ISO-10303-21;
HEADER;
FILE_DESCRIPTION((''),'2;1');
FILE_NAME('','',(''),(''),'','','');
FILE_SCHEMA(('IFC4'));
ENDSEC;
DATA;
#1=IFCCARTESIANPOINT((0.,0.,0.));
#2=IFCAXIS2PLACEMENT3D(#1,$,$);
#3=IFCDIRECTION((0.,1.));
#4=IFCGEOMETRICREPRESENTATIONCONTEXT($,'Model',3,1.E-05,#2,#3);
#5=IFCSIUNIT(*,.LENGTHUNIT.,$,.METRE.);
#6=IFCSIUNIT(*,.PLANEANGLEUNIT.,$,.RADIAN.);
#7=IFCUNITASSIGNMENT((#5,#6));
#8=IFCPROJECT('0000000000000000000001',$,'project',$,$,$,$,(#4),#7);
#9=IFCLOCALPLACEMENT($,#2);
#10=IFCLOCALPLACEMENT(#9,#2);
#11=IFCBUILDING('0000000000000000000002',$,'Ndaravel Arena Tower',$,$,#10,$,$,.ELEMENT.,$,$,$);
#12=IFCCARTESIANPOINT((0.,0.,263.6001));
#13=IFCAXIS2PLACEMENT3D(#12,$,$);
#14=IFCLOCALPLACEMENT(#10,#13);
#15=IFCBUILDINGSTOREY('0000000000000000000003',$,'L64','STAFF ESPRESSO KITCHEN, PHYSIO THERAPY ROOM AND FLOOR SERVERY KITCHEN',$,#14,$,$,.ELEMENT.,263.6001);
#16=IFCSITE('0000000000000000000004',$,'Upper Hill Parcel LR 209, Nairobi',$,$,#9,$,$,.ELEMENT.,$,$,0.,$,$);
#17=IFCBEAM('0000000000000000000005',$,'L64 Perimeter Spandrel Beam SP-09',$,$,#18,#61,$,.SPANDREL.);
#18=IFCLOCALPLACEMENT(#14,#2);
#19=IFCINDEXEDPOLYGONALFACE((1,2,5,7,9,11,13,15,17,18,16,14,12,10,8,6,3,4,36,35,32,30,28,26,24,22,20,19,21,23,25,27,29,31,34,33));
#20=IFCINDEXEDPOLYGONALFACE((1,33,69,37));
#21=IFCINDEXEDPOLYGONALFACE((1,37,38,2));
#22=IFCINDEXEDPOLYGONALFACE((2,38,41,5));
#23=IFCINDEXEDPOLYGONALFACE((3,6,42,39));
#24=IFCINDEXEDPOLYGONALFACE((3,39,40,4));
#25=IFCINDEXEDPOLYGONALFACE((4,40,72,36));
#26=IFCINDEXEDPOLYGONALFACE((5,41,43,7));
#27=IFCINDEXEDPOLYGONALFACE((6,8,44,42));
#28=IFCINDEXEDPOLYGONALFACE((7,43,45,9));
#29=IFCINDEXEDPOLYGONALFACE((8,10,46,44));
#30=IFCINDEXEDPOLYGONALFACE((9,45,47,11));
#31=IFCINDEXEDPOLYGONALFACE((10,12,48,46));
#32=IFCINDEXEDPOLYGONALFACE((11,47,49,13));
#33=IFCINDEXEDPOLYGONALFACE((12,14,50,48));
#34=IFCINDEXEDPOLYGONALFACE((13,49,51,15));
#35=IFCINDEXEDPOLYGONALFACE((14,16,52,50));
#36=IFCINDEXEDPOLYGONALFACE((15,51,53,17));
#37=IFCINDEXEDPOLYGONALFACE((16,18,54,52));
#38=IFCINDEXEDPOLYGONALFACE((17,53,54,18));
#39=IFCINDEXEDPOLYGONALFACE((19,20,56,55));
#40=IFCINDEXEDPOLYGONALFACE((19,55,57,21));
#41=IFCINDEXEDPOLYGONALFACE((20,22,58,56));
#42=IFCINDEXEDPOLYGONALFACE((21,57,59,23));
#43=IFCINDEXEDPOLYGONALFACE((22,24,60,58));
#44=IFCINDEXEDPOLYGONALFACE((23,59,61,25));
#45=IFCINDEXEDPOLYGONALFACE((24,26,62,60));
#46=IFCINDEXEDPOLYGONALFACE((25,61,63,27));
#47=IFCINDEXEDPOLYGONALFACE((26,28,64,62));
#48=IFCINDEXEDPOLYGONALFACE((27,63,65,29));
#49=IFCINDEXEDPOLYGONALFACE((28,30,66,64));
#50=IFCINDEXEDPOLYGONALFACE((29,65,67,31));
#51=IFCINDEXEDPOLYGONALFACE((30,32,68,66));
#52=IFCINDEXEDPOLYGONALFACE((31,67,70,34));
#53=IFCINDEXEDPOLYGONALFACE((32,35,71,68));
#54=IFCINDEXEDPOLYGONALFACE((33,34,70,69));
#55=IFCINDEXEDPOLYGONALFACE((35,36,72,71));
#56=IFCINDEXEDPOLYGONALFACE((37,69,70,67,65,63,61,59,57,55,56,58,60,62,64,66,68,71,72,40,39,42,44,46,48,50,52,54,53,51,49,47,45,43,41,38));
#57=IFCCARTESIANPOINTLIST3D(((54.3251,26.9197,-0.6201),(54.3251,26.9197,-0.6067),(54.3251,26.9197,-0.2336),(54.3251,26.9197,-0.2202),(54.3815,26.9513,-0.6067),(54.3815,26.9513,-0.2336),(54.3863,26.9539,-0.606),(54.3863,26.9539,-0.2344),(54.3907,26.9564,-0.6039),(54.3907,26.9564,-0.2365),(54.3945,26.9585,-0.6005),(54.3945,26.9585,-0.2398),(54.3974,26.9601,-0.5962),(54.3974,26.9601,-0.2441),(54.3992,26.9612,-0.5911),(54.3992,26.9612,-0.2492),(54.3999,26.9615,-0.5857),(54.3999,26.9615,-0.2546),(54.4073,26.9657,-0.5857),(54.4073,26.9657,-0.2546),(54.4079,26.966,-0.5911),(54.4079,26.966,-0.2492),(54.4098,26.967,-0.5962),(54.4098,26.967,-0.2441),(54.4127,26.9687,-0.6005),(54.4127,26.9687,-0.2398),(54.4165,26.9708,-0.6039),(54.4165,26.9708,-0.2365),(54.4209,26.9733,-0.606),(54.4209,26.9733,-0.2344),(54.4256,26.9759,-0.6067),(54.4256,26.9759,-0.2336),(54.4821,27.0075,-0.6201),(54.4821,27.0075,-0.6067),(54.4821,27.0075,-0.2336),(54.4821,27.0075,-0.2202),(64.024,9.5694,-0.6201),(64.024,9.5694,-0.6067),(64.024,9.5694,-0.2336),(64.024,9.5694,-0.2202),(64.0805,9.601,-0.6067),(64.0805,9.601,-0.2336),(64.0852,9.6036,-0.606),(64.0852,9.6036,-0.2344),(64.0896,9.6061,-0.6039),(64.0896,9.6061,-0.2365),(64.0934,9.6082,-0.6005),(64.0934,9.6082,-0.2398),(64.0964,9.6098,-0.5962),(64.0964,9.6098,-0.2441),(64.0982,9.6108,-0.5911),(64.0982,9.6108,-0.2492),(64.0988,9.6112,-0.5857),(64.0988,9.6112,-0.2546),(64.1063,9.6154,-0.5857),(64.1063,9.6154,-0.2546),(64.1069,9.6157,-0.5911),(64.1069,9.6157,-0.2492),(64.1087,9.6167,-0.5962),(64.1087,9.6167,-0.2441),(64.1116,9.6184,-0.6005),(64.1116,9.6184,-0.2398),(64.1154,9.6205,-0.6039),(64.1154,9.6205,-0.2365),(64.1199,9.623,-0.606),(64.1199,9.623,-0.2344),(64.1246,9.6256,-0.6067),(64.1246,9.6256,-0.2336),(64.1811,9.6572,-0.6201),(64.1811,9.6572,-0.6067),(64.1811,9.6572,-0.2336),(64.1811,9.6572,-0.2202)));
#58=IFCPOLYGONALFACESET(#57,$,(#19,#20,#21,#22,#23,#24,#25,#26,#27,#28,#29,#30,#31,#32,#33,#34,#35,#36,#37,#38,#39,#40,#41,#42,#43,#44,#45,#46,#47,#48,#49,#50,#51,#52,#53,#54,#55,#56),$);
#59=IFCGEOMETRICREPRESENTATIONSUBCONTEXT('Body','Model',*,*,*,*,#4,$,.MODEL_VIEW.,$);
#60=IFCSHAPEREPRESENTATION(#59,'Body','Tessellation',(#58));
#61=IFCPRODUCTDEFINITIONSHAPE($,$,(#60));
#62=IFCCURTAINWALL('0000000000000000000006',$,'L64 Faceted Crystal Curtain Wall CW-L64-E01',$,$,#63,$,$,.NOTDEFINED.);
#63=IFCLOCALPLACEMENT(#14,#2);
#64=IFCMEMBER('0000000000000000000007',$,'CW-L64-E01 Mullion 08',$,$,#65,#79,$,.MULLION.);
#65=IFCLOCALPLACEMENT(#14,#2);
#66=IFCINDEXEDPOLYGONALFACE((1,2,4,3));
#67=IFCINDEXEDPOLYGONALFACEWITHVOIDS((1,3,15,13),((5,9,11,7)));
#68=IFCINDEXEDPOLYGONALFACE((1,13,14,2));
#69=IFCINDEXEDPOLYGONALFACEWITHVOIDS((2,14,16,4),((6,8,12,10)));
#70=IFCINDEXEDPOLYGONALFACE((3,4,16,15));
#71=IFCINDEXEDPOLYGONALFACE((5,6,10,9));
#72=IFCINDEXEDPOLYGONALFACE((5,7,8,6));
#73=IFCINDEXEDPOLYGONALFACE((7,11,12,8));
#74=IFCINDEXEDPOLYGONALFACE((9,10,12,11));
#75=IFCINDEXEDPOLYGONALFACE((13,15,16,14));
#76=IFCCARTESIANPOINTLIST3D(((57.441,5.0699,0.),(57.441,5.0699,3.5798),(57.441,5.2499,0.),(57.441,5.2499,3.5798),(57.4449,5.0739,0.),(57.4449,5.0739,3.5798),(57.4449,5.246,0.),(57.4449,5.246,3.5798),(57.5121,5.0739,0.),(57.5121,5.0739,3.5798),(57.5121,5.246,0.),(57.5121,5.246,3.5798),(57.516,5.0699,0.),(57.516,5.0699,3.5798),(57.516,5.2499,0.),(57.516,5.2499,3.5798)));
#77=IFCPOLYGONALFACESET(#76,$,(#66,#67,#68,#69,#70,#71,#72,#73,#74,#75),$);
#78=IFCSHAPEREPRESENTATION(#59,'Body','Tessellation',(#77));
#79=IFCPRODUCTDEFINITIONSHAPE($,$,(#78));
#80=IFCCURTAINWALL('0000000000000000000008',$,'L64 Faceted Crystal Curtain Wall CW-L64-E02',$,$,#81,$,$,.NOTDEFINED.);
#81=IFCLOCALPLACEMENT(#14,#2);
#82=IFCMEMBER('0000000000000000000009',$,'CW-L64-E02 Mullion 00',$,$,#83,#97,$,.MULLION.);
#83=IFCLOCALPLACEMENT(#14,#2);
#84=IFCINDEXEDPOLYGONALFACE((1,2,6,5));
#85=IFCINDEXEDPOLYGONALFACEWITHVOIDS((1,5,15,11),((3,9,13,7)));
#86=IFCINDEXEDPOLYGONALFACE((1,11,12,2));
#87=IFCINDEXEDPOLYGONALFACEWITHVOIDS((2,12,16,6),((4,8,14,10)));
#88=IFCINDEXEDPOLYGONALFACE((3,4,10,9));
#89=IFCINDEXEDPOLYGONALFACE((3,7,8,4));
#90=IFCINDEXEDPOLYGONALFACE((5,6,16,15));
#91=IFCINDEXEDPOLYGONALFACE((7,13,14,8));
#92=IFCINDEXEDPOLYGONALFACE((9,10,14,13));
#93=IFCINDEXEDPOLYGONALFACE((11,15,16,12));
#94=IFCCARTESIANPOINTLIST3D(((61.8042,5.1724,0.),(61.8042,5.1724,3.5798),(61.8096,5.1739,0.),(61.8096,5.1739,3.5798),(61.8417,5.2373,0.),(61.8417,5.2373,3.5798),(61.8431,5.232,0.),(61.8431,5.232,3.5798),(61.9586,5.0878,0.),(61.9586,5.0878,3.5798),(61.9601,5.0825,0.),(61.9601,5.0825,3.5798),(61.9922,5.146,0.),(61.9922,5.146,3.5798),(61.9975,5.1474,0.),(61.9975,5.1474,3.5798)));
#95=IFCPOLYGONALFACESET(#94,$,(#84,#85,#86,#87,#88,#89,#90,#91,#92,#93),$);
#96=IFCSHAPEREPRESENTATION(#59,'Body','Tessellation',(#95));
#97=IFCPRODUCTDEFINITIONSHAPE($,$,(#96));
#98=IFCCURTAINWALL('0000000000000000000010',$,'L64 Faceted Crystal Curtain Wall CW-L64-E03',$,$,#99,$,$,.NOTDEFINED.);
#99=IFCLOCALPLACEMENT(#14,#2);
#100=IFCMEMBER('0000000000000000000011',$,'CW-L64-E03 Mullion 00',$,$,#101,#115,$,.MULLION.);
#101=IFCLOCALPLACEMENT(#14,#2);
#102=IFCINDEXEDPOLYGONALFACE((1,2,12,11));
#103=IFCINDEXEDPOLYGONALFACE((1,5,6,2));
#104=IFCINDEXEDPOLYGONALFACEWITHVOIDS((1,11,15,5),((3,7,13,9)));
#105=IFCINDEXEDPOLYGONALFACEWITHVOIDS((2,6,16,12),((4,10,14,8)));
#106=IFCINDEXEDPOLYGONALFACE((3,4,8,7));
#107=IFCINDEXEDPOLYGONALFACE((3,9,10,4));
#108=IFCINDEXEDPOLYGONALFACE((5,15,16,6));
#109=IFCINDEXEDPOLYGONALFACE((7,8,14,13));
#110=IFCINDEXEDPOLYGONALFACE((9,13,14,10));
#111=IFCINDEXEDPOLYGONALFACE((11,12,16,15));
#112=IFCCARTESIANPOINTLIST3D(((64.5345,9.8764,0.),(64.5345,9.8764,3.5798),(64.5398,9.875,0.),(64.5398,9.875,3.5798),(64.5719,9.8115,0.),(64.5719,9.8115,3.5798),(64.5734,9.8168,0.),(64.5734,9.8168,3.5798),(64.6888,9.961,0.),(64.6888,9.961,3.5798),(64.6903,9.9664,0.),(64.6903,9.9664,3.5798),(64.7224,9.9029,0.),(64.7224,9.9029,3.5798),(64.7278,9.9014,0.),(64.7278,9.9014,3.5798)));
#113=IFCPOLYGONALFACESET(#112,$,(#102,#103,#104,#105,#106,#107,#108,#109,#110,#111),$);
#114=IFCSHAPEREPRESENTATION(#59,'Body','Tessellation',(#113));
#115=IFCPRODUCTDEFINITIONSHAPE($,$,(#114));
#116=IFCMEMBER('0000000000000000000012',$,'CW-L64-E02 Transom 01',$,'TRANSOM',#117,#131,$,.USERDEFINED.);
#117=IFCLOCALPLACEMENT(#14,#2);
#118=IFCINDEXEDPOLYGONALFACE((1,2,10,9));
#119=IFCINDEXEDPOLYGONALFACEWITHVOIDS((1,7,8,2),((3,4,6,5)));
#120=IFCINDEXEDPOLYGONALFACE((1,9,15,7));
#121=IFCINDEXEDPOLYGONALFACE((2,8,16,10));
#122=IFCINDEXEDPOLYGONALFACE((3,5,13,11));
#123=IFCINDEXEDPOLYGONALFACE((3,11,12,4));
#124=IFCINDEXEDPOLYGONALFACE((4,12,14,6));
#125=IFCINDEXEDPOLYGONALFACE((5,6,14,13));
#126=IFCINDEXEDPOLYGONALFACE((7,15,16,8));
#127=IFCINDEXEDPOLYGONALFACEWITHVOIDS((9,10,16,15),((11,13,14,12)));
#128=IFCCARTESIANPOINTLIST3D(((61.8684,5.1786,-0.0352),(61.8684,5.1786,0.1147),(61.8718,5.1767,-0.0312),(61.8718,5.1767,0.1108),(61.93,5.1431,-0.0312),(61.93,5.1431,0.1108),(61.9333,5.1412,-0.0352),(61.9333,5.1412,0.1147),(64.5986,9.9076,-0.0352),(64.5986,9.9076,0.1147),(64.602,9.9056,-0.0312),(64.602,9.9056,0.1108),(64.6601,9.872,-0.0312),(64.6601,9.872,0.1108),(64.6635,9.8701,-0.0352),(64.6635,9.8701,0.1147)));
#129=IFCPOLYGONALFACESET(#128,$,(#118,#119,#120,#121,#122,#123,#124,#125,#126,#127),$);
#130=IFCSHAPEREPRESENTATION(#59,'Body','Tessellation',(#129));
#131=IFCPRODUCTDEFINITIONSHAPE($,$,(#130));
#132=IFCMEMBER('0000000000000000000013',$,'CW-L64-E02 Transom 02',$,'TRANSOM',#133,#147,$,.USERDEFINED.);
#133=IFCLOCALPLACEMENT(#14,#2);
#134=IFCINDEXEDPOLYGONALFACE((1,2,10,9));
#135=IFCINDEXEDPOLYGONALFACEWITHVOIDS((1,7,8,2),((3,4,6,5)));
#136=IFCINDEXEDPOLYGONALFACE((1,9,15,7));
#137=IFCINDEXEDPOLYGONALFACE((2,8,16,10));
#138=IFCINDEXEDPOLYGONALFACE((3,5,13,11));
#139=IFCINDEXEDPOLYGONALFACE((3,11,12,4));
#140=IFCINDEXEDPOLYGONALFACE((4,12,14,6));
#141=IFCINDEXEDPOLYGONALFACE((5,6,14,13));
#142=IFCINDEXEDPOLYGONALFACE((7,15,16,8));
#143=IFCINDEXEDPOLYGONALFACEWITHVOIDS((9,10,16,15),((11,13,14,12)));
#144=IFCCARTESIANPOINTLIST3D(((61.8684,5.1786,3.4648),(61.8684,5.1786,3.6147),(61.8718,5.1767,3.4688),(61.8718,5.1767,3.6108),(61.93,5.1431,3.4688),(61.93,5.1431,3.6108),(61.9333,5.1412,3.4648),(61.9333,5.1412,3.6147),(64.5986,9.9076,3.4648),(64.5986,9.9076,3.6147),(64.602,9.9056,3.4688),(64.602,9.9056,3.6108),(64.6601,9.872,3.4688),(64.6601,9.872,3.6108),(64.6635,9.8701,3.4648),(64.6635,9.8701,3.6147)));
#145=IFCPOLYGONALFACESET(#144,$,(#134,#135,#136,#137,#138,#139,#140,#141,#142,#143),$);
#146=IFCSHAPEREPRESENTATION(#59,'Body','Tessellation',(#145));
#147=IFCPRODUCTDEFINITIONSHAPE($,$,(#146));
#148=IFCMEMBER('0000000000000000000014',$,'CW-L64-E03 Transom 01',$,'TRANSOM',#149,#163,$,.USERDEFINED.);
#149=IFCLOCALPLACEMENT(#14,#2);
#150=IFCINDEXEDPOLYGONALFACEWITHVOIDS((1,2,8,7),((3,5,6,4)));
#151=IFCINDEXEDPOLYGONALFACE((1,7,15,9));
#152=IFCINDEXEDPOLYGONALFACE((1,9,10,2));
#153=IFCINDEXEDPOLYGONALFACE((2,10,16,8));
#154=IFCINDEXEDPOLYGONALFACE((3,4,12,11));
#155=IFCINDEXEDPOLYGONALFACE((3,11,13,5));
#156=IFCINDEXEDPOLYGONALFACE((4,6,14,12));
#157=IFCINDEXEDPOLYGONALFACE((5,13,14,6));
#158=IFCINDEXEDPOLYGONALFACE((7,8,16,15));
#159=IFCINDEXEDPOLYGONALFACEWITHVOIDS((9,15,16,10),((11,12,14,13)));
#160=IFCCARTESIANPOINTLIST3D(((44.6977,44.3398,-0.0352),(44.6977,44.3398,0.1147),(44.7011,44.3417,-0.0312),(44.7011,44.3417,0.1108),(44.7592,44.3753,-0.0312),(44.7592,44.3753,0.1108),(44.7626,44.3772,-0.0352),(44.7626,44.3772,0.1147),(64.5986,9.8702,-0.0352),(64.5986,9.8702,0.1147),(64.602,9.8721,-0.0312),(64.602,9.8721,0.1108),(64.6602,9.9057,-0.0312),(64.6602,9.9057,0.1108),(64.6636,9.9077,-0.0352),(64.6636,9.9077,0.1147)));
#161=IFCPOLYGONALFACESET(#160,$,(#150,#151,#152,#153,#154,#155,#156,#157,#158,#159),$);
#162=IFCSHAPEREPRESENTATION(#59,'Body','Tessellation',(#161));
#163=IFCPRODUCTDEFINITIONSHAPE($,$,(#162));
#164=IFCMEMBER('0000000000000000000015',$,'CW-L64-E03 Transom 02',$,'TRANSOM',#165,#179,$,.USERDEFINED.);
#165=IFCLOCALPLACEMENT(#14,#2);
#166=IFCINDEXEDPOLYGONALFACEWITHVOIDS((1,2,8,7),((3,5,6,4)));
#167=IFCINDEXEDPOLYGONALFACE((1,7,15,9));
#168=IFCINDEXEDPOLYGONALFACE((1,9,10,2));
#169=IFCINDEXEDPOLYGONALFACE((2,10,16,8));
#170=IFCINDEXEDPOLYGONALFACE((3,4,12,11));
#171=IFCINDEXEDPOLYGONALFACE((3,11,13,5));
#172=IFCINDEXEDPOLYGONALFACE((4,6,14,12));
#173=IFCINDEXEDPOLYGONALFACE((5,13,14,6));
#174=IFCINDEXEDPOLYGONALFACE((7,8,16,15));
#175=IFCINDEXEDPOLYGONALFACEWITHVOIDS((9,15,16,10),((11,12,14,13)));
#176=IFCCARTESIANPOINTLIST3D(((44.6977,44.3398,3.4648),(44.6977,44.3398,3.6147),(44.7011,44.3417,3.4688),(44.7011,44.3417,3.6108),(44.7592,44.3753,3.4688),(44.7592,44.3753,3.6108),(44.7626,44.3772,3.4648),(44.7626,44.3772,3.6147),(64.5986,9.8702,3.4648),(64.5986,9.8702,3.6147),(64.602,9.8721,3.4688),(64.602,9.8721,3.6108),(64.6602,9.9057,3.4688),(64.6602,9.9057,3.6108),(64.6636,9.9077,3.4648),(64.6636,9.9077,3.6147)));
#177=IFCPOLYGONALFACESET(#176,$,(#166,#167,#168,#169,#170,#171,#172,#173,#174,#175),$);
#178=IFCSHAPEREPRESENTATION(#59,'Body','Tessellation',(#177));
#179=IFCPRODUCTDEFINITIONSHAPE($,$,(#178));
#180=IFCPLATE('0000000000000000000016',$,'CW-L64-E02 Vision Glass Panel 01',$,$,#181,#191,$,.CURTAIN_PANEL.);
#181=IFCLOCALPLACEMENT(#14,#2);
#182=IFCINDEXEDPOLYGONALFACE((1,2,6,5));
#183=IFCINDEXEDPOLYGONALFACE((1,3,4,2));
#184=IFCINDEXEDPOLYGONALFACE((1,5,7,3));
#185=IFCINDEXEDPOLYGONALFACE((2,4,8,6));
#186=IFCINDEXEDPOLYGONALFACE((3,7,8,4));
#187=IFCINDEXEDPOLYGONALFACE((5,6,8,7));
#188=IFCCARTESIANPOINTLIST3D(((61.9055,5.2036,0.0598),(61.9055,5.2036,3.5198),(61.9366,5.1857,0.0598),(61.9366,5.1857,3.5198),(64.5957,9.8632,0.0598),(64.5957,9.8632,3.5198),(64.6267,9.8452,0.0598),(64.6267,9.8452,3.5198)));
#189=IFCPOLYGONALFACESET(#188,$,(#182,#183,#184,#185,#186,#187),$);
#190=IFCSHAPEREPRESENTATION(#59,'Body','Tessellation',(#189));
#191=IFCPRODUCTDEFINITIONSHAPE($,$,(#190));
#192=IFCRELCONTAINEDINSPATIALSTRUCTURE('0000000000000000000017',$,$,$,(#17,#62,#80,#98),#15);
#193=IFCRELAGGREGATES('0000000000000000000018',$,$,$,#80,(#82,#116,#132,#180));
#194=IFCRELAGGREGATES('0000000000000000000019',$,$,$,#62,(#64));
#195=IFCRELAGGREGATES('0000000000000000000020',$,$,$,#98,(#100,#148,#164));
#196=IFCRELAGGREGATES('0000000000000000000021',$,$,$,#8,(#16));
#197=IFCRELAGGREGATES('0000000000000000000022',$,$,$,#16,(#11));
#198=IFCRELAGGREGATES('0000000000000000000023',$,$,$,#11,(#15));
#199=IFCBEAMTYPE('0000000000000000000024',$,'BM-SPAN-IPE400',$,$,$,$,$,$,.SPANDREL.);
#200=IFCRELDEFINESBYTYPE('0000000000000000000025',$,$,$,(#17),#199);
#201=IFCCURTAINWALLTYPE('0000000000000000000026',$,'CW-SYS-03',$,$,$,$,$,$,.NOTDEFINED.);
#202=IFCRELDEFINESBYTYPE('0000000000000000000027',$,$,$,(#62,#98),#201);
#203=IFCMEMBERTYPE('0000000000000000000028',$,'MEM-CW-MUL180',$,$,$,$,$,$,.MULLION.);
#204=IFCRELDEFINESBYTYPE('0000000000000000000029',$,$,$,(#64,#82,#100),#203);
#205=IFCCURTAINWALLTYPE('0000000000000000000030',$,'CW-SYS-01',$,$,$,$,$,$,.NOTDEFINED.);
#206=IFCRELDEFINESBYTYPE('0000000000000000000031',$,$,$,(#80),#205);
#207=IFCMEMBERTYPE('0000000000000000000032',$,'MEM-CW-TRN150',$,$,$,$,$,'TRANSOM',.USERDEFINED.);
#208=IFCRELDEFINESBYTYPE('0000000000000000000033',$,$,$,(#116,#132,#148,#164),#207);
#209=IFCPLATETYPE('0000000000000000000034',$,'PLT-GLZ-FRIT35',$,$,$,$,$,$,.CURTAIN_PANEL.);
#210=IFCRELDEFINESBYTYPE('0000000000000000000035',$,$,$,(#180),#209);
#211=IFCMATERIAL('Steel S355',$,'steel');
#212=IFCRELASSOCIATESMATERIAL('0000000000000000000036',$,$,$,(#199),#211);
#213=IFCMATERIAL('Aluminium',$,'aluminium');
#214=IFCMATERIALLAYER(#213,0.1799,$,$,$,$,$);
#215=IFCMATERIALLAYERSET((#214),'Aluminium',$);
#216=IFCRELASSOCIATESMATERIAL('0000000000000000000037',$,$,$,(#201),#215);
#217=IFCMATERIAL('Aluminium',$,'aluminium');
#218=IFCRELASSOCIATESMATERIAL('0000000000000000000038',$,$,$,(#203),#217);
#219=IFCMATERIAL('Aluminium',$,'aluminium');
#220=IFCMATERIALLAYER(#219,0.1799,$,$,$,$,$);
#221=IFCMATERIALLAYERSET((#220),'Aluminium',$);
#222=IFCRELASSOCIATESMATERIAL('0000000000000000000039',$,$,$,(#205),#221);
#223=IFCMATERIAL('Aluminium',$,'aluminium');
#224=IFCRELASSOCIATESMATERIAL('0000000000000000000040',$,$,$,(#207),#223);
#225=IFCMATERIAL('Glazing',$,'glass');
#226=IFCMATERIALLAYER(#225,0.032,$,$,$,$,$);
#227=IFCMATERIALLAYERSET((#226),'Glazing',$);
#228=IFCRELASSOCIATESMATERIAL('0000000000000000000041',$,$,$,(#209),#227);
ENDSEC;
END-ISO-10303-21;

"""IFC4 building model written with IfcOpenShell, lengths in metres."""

from ifc_helpers import new_model, si_unit, direction, frame, origin, origin_2d, place, context, subcontext, project, spatial, rectangle, hollow_rectangle, i_section, extrude, material, layer, layer_set, material_profile, profile_set, type_object, element, aggregate, save


model = new_model("IFC4")

# Units and contexts
model_context = context("Model", 3, precision=1e-05, world=origin(), true_north=direction((0.0, 1.0)))
body_context = subcontext(model_context, "Body", "Model", "MODEL_VIEW")
ifc_project = project(units=[si_unit("LENGTHUNIT", "METRE"), si_unit("PLANEANGLEUNIT", "RADIAN")], contexts=[model_context])

# Site, building, storey
site_placement = place(None, origin())
site = spatial("IfcSite", under=ifc_project, at=site_placement, Name="Upper Hill Parcel LR 209, Nairobi", CompositionType="ELEMENT", RefElevation=0.0)
building_placement = place(site_placement, origin())
building = spatial("IfcBuilding", under=site, at=building_placement, Name="Ndaravel Arena Tower", CompositionType="ELEMENT")
storey_placement = place(building_placement, frame((0.0, 0.0, 263.6001)))
storey = spatial("IfcBuildingStorey", under=building, at=storey_placement, Name="L64", Description="STAFF ESPRESSO KITCHEN, PHYSIO THERAPY ROOM AND FLOOR SERVERY KITCHEN", CompositionType="ELEMENT", Elevation=263.6001)

# Beam
ifc_material_1 = material(Name="Steel S355", Category="steel")
ifc_material_profile_1 = material_profile(ifc_material_1, i_section(OverallWidth=0.1799, OverallDepth=0.3999, WebThickness=0.0085, FlangeThickness=0.0134, FilletRadius=0.021, at=origin_2d()), Name="IPE 400")
ifc_profile_set_1 = profile_set([ifc_material_profile_1], Name="Steel S355")
beam_type = type_object("IfcBeamType", Name="BM-SPAN-IPE400", PredefinedType="SPANDREL", material=ifc_profile_set_1)
beam_1_placement = place(storey_placement, frame((64.1025, 9.6133, -0.4202), z_axis=(-0.487944, 0.872875, 0.0), x_axis=(-0.872875, -0.487944, 0.0)))
element("IfcBeam", 1, at=beam_1_placement, inside=storey, type_object=beam_type, Name="L64 Perimeter Spandrel Beam SP-09", PredefinedType="SPANDREL", context=body_context, shape_type="SweptSolid", body=[
    extrude(i_section(OverallWidth=0.1799, OverallDepth=0.3999, WebThickness=0.0085, FlangeThickness=0.0134, FilletRadius=0.021, at=origin_2d()), origin(), (0.0, 0.0, 1.0), 19.8772),
])

# Curtain walls, members
ifc_material_2 = material(Name="Aluminium", Category="aluminium")
ifc_layer_1 = layer(ifc_material_2, 0.1799)
ifc_layer_set_1 = layer_set([ifc_layer_1], Name="Aluminium")
curtain_wall_type_1 = type_object("IfcCurtainWallType", Name="CW-SYS-03", PredefinedType="NOTDEFINED", material=ifc_layer_set_1)
curtain_wall_1_placement = place(storey_placement, origin())
curtain_wall_1 = element("IfcCurtainWall", 2, at=curtain_wall_1_placement, inside=storey, type_object=curtain_wall_type_1, Name="L64 Faceted Crystal Curtain Wall CW-L64-E01", PredefinedType="NOTDEFINED")
ifc_material_3 = material(Name="Aluminium", Category="aluminium")
ifc_material_profile_2 = material_profile(ifc_material_3, hollow_rectangle(XDim=0.075, YDim=0.1799, WallThickness=0.0039, at=origin_2d()), Name="CW MULLION 75x180x4")
ifc_profile_set_2 = profile_set([ifc_material_profile_2], Name="Aluminium")
member_type_1 = type_object("IfcMemberType", Name="MEM-CW-MUL180", PredefinedType="MULLION", material=ifc_profile_set_2)
member_1_placement = place(storey_placement, frame((57.4785, 5.1599, 0.0), z_axis=(0.0, 0.0, 1.0), x_axis=(1.0, 0.0, 0.0)))
member_1 = element("IfcMember", 3, at=member_1_placement, type_object=member_type_1, Name="CW-L64-E01 Mullion 08", PredefinedType="MULLION", context=body_context, shape_type="SweptSolid", body=[
    extrude(hollow_rectangle(XDim=0.075, YDim=0.1799, WallThickness=0.0039, at=origin_2d()), origin(), (0.0, 0.0, 1.0), 3.5798),
])
ifc_material_4 = material(Name="Aluminium", Category="aluminium")
ifc_layer_2 = layer(ifc_material_4, 0.1799)
ifc_layer_set_2 = layer_set([ifc_layer_2], Name="Aluminium")
curtain_wall_type_2 = type_object("IfcCurtainWallType", Name="CW-SYS-01", PredefinedType="NOTDEFINED", material=ifc_layer_set_2)
curtain_wall_2_placement = place(storey_placement, origin())
curtain_wall_2 = element("IfcCurtainWall", 4, at=curtain_wall_2_placement, inside=storey, type_object=curtain_wall_type_2, Name="L64 Faceted Crystal Curtain Wall CW-L64-E02", PredefinedType="NOTDEFINED")
member_2_placement = place(storey_placement, frame((61.9009, 5.1599, 0.0), z_axis=(0.0, 0.0, 1.0), x_axis=(0.5, 0.866025, 0.0)))
member_2 = element("IfcMember", 5, at=member_2_placement, type_object=member_type_1, Name="CW-L64-E02 Mullion 00", PredefinedType="MULLION", context=body_context, shape_type="SweptSolid", body=[
    extrude(hollow_rectangle(XDim=0.075, YDim=0.1799, WallThickness=0.0039, at=origin_2d()), origin(), (0.0, 0.0, 1.0), 3.5798),
])
curtain_wall_3_placement = place(storey_placement, origin())
curtain_wall_3 = element("IfcCurtainWall", 6, at=curtain_wall_3_placement, inside=storey, type_object=curtain_wall_type_1, Name="L64 Faceted Crystal Curtain Wall CW-L64-E03", PredefinedType="NOTDEFINED")
member_3_placement = place(storey_placement, frame((64.6311, 9.8889, 0.0), z_axis=(0.0, 0.0, 1.0), x_axis=(-0.5, 0.866025, 0.0)))
member_3 = element("IfcMember", 7, at=member_3_placement, type_object=member_type_1, Name="CW-L64-E03 Mullion 00", PredefinedType="MULLION", context=body_context, shape_type="SweptSolid", body=[
    extrude(hollow_rectangle(XDim=0.075, YDim=0.1799, WallThickness=0.0039, at=origin_2d()), origin(), (0.0, 0.0, 1.0), 3.5798),
])

# Members
ifc_material_5 = material(Name="Aluminium", Category="aluminium")
ifc_material_profile_3 = material_profile(ifc_material_5, hollow_rectangle(XDim=0.075, YDim=0.1499, WallThickness=0.0039, at=origin_2d()), Name="CW TRANSOM 75x150x4")
ifc_profile_set_3 = profile_set([ifc_material_profile_3], Name="Aluminium")
member_type_2 = type_object("IfcMemberType", Name="MEM-CW-TRN150", ElementType="TRANSOM", PredefinedType="USERDEFINED", material=ifc_profile_set_3)
member_4_placement = place(storey_placement, frame((61.9009, 5.1599, 0.0398), z_axis=(0.499991, 0.866031, 0.0), x_axis=(-0.866031, 0.499991, 0.0)))
member_4 = element("IfcMember", 8, at=member_4_placement, type_object=member_type_2, Name="CW-L64-E02 Transom 01", ObjectType="TRANSOM", PredefinedType="USERDEFINED", context=body_context, shape_type="SweptSolid", body=[
    extrude(hollow_rectangle(XDim=0.075, YDim=0.1499, WallThickness=0.0039, at=origin_2d()), origin(), (0.0, 0.0, 1.0), 5.4604),
])
member_5_placement = place(storey_placement, frame((61.9009, 5.1599, 3.5398), z_axis=(0.499991, 0.866031, 0.0), x_axis=(-0.866031, 0.499991, 0.0)))
member_5 = element("IfcMember", 9, at=member_5_placement, type_object=member_type_2, Name="CW-L64-E02 Transom 02", ObjectType="TRANSOM", PredefinedType="USERDEFINED", context=body_context, shape_type="SweptSolid", body=[
    extrude(hollow_rectangle(XDim=0.075, YDim=0.1499, WallThickness=0.0039, at=origin_2d()), origin(), (0.0, 0.0, 1.0), 5.4604),
])
member_6_placement = place(storey_placement, frame((64.6311, 9.8889, 0.0398), z_axis=(-0.499998, 0.866026, 0.0), x_axis=(-0.866026, -0.499998, 0.0)))
member_6 = element("IfcMember", 10, at=member_6_placement, type_object=member_type_2, Name="CW-L64-E03 Transom 01", ObjectType="TRANSOM", PredefinedType="USERDEFINED", context=body_context, shape_type="SweptSolid", body=[
    extrude(hollow_rectangle(XDim=0.075, YDim=0.1499, WallThickness=0.0039, at=origin_2d()), origin(), (0.0, 0.0, 1.0), 39.802),
])
member_7_placement = place(storey_placement, frame((64.6311, 9.8889, 3.5398), z_axis=(-0.499998, 0.866026, 0.0), x_axis=(-0.866026, -0.499998, 0.0)))
member_7 = element("IfcMember", 11, at=member_7_placement, type_object=member_type_2, Name="CW-L64-E03 Transom 02", ObjectType="TRANSOM", PredefinedType="USERDEFINED", context=body_context, shape_type="SweptSolid", body=[
    extrude(hollow_rectangle(XDim=0.075, YDim=0.1499, WallThickness=0.0039, at=origin_2d()), origin(), (0.0, 0.0, 1.0), 39.802),
])

# Plate
ifc_material_6 = material(Name="Glazing", Category="glass")
ifc_layer_3 = layer(ifc_material_6, 0.032)
ifc_layer_set_3 = layer_set([ifc_layer_3], Name="Glazing")
plate_type_1 = type_object("IfcPlateType", Name="PLT-GLZ-FRIT35", PredefinedType="CURTAIN_PANEL", material=ifc_layer_set_3)
plate_1_placement = place(storey_placement, frame((63.2661, 7.5244, 0.0598), z_axis=(0.0, 0.0, 1.0), x_axis=(0.5, 0.866025, 0.0)))
plate_1 = element("IfcPlate", 12, at=plate_1_placement, type_object=plate_type_1, Name="CW-L64-E02 Vision Glass Panel 01", PredefinedType="CURTAIN_PANEL", context=body_context, shape_type="SweptSolid", body=[
    extrude(rectangle(XDim=5.3804, YDim=0.0359, at=origin_2d()), origin(), (0.0, 0.0, 1.0), 3.46),
])
aggregate(curtain_wall_2, [member_2, member_4, member_5, plate_1])
aggregate(curtain_wall_1, [member_1])
aggregate(curtain_wall_3, [member_3, member_6, member_7])

save(model, "model.ifc")
